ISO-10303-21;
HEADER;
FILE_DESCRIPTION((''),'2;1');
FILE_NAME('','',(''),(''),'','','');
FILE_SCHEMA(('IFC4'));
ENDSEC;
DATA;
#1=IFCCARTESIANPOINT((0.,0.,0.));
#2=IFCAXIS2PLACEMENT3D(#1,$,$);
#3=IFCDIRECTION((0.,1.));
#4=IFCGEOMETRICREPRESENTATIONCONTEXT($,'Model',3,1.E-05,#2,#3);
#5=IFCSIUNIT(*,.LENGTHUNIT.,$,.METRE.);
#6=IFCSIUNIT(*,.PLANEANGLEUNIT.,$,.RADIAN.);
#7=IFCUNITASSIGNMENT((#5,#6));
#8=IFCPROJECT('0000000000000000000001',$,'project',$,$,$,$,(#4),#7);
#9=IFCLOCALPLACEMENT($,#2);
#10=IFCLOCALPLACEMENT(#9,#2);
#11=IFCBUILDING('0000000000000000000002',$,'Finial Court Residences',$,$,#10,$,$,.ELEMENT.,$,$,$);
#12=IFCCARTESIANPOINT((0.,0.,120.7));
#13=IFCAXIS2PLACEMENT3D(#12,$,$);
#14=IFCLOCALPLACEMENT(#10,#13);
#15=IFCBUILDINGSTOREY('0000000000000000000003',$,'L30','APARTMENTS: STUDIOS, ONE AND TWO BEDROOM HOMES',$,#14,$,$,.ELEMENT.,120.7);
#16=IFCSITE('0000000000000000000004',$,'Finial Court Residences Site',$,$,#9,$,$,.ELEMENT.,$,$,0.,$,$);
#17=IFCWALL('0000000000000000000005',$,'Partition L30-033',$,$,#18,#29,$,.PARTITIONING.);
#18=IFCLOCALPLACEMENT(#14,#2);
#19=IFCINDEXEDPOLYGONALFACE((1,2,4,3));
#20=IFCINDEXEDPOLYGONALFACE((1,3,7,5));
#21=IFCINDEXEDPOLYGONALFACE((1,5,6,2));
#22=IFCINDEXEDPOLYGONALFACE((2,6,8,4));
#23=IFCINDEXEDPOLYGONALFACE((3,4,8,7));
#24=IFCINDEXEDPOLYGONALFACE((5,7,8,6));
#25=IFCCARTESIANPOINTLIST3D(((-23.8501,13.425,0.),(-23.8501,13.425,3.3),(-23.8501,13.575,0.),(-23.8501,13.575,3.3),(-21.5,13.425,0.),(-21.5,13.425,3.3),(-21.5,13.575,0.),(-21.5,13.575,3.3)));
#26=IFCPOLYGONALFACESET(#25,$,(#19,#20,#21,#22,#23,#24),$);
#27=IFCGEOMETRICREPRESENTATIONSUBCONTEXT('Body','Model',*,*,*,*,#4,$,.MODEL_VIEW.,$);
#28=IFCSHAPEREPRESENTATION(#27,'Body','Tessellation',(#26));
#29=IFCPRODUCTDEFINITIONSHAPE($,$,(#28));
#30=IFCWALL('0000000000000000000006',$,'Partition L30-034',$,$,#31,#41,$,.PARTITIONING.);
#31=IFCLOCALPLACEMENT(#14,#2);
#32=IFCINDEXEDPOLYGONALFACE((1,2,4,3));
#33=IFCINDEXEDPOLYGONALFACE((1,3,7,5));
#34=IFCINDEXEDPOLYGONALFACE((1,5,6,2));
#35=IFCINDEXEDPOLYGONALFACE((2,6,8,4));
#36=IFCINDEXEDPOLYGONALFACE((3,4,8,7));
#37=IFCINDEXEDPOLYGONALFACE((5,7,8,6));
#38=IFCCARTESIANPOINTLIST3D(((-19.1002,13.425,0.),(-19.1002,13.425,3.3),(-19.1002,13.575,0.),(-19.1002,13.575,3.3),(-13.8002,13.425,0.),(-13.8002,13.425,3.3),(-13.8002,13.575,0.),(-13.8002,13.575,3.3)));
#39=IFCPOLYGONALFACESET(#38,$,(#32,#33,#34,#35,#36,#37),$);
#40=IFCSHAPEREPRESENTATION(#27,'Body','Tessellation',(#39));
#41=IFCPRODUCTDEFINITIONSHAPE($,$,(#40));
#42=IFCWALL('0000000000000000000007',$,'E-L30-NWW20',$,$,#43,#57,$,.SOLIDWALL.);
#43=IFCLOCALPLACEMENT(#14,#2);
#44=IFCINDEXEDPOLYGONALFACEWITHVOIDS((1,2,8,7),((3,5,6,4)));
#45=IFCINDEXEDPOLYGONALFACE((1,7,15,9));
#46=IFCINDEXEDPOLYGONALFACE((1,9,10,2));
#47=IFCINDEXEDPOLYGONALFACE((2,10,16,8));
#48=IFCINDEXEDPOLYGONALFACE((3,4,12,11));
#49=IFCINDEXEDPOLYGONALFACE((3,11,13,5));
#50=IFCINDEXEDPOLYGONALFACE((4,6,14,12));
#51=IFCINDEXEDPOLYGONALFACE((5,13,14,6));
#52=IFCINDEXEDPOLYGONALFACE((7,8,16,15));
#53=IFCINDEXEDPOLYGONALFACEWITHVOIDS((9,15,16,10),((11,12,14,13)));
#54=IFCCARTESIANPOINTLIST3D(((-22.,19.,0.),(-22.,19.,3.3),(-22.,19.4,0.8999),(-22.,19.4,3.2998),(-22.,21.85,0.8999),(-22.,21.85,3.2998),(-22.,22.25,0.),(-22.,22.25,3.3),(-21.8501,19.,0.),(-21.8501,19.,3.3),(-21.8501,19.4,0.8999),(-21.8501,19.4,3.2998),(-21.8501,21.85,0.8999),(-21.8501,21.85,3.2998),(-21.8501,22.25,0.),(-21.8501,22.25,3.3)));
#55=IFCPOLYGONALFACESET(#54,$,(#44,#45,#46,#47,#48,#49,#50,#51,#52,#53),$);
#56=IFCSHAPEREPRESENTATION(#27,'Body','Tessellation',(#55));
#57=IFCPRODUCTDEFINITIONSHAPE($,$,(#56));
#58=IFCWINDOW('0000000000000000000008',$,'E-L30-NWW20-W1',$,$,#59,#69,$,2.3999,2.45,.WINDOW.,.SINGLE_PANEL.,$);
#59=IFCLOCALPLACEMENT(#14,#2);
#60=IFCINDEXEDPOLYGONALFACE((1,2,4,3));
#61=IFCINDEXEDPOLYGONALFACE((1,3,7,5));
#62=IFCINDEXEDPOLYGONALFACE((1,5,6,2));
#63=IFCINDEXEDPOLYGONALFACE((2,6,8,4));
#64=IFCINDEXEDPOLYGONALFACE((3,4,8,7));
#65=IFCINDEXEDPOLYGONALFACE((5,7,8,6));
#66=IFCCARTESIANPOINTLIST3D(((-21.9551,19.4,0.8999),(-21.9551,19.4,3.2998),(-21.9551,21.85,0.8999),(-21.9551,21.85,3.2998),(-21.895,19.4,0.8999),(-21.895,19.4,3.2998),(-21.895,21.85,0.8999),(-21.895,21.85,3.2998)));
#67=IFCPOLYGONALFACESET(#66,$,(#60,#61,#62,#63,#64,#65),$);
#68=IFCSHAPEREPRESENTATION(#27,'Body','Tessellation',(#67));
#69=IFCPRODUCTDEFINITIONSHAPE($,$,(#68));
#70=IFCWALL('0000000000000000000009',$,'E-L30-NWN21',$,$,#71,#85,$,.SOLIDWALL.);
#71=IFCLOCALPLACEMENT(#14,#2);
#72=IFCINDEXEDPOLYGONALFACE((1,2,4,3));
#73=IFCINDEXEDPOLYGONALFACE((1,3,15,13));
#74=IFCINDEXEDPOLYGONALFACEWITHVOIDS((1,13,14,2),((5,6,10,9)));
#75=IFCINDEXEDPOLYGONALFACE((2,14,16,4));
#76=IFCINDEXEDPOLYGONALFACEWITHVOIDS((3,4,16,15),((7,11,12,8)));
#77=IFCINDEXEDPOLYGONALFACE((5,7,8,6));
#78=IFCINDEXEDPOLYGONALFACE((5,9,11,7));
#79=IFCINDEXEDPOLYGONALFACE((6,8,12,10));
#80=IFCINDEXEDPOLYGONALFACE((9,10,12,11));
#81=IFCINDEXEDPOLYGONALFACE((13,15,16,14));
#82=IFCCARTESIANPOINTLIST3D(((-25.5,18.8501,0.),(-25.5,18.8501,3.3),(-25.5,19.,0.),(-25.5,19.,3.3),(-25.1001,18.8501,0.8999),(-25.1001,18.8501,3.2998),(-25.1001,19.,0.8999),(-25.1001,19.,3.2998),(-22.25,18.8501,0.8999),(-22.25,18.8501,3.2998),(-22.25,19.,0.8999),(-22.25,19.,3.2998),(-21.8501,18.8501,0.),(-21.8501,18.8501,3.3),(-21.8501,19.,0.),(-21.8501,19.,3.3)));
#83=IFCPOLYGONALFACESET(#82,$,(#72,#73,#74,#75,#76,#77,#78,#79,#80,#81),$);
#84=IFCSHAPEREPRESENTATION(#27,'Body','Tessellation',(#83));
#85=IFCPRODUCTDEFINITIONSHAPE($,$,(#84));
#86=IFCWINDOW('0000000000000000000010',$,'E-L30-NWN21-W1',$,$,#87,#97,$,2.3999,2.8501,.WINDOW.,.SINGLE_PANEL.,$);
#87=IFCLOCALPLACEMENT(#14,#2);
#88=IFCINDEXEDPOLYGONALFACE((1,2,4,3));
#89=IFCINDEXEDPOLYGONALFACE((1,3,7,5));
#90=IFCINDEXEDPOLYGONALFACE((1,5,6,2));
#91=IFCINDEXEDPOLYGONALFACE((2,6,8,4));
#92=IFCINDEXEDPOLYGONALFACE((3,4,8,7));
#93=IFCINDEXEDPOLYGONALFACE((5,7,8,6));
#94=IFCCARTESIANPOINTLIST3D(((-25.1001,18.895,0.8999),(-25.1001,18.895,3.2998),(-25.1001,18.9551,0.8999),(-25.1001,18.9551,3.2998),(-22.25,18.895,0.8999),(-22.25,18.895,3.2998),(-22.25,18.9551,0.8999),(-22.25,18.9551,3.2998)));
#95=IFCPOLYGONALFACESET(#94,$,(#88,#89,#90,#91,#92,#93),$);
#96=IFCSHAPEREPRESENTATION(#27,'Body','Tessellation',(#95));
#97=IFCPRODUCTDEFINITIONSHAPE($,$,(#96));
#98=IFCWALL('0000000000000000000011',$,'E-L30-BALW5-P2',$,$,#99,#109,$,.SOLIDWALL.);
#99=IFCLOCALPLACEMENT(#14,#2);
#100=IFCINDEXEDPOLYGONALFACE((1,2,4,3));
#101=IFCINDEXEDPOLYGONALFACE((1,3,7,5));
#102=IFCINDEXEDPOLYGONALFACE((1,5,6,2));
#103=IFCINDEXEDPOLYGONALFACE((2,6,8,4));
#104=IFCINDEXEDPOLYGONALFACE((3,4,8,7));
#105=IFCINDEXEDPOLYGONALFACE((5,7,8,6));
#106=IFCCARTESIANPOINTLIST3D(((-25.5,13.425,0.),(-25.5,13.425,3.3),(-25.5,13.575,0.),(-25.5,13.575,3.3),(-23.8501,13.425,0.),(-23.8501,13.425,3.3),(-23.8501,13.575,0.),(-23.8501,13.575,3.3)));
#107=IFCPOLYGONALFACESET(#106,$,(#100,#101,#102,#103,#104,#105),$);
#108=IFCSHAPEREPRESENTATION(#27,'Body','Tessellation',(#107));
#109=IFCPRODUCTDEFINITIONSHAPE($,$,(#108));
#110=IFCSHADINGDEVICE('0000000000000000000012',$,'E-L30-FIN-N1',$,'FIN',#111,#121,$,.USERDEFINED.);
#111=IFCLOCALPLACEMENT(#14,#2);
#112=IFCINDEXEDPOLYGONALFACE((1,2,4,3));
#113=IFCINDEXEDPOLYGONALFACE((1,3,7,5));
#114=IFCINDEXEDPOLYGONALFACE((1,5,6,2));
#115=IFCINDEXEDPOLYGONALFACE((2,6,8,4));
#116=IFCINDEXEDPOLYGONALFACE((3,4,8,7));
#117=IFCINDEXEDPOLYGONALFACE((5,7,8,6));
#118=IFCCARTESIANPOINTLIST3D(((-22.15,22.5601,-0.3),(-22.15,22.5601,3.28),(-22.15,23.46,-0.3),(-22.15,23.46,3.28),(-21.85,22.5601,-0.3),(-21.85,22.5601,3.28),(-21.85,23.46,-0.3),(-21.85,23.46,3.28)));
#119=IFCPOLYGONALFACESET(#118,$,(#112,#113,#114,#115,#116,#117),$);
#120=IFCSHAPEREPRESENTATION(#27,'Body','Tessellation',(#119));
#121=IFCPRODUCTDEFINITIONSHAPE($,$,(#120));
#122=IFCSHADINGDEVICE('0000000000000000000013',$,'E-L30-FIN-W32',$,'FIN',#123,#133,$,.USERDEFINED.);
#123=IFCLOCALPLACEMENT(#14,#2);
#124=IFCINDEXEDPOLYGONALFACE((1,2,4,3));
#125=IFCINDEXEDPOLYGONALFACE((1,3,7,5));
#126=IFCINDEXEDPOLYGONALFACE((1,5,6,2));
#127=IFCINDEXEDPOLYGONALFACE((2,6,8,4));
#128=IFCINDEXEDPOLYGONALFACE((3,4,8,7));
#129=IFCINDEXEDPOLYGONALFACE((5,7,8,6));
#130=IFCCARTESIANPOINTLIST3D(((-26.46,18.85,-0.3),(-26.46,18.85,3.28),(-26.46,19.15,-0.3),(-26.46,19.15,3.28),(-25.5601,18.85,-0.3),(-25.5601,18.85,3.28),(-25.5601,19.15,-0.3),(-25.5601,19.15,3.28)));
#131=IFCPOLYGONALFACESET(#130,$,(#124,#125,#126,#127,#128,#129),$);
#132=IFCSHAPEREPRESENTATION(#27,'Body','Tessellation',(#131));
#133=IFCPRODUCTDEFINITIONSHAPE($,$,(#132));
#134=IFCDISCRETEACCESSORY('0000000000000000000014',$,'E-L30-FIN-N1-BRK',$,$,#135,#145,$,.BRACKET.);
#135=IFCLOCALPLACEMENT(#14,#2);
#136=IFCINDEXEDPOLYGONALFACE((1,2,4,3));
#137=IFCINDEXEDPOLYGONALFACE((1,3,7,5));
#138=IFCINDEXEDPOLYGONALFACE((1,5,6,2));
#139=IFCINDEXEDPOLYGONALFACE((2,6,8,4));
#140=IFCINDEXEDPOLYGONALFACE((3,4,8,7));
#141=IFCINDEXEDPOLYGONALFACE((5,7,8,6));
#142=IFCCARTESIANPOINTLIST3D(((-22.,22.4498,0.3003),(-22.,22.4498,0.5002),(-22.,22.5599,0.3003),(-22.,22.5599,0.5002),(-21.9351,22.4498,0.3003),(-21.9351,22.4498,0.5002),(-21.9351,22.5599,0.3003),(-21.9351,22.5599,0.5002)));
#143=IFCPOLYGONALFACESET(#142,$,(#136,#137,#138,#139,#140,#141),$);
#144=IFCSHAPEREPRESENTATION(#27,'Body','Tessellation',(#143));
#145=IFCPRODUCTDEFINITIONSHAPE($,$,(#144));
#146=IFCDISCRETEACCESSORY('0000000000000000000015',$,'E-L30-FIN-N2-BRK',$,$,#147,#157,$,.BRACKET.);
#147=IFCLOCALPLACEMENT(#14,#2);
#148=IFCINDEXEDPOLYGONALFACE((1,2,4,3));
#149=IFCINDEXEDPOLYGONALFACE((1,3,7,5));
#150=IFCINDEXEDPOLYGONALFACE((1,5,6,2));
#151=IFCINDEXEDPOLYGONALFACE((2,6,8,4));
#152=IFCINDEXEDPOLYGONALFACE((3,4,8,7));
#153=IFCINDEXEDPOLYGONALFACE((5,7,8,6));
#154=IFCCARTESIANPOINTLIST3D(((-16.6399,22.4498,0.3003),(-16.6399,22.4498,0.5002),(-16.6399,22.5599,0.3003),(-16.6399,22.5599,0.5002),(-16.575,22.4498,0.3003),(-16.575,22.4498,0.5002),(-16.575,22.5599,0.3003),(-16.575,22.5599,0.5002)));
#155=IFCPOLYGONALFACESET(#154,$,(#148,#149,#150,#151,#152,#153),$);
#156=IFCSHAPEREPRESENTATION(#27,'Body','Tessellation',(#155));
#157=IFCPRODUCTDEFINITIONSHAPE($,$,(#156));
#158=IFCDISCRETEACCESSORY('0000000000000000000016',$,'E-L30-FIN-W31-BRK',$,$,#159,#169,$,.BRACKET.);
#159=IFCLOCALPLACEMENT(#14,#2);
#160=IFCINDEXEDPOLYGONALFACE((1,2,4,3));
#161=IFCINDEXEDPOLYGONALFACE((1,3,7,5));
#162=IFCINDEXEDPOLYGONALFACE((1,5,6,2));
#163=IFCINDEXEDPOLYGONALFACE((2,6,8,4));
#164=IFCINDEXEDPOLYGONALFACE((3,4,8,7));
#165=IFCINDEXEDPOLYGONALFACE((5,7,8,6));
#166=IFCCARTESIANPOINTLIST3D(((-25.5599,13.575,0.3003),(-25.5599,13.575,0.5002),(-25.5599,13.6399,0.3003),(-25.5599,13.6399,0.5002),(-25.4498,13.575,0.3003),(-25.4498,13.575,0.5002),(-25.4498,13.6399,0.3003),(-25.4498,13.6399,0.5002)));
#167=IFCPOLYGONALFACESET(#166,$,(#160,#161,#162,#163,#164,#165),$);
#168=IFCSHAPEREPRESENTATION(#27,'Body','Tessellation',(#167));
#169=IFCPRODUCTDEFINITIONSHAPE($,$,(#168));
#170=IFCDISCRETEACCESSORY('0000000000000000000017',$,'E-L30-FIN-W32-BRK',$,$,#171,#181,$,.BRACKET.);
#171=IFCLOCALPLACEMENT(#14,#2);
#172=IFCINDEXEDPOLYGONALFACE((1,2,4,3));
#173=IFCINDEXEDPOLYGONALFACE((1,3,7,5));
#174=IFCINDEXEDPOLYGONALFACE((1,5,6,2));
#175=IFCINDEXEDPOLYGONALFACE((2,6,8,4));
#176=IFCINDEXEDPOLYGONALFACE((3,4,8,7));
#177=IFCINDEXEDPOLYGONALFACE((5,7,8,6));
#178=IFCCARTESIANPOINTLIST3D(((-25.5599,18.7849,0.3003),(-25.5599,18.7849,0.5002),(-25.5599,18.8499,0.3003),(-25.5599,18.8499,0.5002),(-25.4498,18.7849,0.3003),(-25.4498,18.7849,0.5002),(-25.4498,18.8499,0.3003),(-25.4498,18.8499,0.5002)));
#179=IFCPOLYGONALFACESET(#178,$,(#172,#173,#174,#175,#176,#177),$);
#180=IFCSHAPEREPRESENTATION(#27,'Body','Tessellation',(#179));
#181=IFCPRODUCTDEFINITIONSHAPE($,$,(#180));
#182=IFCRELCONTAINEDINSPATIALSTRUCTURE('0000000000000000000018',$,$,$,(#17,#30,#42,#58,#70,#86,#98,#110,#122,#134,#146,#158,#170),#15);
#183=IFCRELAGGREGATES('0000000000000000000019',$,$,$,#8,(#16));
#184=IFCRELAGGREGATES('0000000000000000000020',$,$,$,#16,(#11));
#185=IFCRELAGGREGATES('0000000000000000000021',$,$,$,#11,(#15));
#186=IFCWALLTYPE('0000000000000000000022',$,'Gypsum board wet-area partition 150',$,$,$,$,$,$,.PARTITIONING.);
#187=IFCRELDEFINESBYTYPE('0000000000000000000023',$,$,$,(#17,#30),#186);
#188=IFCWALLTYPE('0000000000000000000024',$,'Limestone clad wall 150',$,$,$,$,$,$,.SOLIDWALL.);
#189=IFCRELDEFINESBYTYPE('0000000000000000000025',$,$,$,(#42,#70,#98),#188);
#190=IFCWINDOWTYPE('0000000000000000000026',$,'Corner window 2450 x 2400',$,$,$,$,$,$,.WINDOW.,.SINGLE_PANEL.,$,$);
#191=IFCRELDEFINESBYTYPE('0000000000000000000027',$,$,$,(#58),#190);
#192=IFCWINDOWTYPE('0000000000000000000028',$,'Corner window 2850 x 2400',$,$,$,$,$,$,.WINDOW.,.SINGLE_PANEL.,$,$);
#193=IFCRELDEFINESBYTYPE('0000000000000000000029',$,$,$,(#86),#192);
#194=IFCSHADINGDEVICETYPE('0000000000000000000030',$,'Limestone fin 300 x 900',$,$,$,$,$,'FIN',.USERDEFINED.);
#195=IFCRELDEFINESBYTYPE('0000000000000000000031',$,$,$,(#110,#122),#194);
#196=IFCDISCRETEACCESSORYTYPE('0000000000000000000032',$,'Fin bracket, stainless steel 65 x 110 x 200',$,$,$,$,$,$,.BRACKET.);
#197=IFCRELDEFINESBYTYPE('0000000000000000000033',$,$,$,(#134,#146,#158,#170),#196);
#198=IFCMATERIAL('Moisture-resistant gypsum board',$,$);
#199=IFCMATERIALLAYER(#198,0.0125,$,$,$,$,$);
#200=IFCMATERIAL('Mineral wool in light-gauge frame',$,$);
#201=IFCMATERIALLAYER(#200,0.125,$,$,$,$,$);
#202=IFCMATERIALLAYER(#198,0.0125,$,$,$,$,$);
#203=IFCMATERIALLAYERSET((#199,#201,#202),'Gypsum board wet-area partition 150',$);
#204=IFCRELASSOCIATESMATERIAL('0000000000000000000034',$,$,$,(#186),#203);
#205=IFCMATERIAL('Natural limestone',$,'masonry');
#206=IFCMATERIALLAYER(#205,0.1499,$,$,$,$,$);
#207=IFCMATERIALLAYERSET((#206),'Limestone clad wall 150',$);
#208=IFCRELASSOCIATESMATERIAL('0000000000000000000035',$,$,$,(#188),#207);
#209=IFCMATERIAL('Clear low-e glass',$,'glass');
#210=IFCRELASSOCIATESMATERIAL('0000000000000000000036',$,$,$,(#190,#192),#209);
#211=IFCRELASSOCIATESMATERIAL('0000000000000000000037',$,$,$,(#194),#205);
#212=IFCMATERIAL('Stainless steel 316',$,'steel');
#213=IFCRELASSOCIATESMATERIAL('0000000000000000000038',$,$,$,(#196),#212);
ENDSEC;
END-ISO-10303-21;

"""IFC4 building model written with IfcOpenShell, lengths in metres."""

from ifc_helpers import new_model, si_unit, direction, frame, frame_2d, origin, origin_2d, place, context, subcontext, project, spatial, rectangle, extrude, material, layer, layer_set, type_object, element, fill, save


model = new_model("IFC4")

# Units and contexts
model_context = context("Model", 3, precision=1e-05, world=origin(), true_north=direction((0.0, 1.0)))
body_context = subcontext(model_context, "Body", "Model", "MODEL_VIEW")
ifc_project = project(units=[si_unit("LENGTHUNIT", "METRE"), si_unit("PLANEANGLEUNIT", "RADIAN")], contexts=[model_context])

# Site, building, storey
site_placement = place(None, origin())
site = spatial("IfcSite", under=ifc_project, at=site_placement, Name="Finial Court Residences Site", CompositionType="ELEMENT", RefElevation=0.0)
building_placement = place(site_placement, origin())
building = spatial("IfcBuilding", under=site, at=building_placement, Name="Finial Court Residences", CompositionType="ELEMENT")
storey_placement = place(building_placement, frame((0.0, 0.0, 120.7)))
storey = spatial("IfcBuildingStorey", under=building, at=storey_placement, Name="L30", Description="APARTMENTS: STUDIOS, ONE AND TWO BEDROOM HOMES", CompositionType="ELEMENT", Elevation=120.7)

# Shared definitions
ifc_material_1 = material(Name="Clear low-e glass", Category="glass")

# Shared definitions
ifc_material_2 = material(Name="Mineral wool in light-gauge frame")

# Walls
ifc_material_3 = material(Name="Moisture-resistant gypsum board")
ifc_layer_1 = layer(ifc_material_3, 0.0125)
ifc_layer_2 = layer(ifc_material_2, 0.125)
ifc_layer_3 = layer(ifc_material_3, 0.0125)
ifc_layer_set_1 = layer_set([ifc_layer_1, ifc_layer_2, ifc_layer_3], Name="Gypsum board wet-area partition 150")
wall_type_1 = type_object("IfcWallType", Name="Gypsum board wet-area partition 150", PredefinedType="PARTITIONING", material=ifc_layer_set_1)
wall_1_placement = place(storey_placement, frame((-23.8501, 13.5, 0.0), z_axis=(0.0, 0.0, 1.0), x_axis=(1.0, 0.0, 0.0)))
element("IfcWall", 1, at=wall_1_placement, inside=storey, type_object=wall_type_1, Name="Partition L30-033", PredefinedType="PARTITIONING", context=body_context, shape_type="SweptSolid", body=[
    extrude(rectangle(XDim=2.3501, YDim=0.1499, at=frame_2d((1.175, 0.0))), origin(), (0.0, 0.0, 1.0), 3.3),
])
wall_2_placement = place(storey_placement, frame((-19.1001, 13.5, 0.0), z_axis=(0.0, 0.0, 1.0), x_axis=(1.0, 0.0, 0.0)))
element("IfcWall", 2, at=wall_2_placement, inside=storey, type_object=wall_type_1, Name="Partition L30-034", PredefinedType="PARTITIONING", context=body_context, shape_type="SweptSolid", body=[
    extrude(rectangle(XDim=5.3, YDim=0.1499, at=frame_2d((2.6499, 0.0))), origin(), (0.0, 0.0, 1.0), 3.3),
])

# Walls, openings, windows
ifc_material_4 = material(Name="Natural limestone", Category="masonry")
ifc_layer_4 = layer(ifc_material_4, 0.1499)
ifc_layer_set_2 = layer_set([ifc_layer_4], Name="Limestone clad wall 150")
wall_type_2 = type_object("IfcWallType", Name="Limestone clad wall 150", PredefinedType="SOLIDWALL", material=ifc_layer_set_2)
wall_3_placement = place(storey_placement, frame((-21.925, 19.0, 0.0), z_axis=(0.0, 0.0, 1.0), x_axis=(0.0, 1.0, 0.0)))
wall_3 = element("IfcWall", 3, at=wall_3_placement, inside=storey, type_object=wall_type_2, Name="E-L30-NWW20", PredefinedType="SOLIDWALL", context=body_context, shape_type="SweptSolid", body=[
    extrude(rectangle(XDim=3.25, YDim=0.1499, at=frame_2d((1.625, 0.0))), origin(), (0.0, 0.0, 1.0), 3.3),
])
opening_1_placement = place(wall_3_placement, frame((0.3999, 0.0, 0.8999)))
opening_1 = element("IfcOpeningElement", 4, at=opening_1_placement, cuts=wall_3, PredefinedType="OPENING", context=body_context, shape_type="SweptSolid", body=[
    extrude(rectangle(XDim=2.45, YDim=2.3999, at=frame_2d((1.2251, 1.2))), frame((0.0, 0.085, 0.0), z_axis=(0.0, -1.0, 0.0), x_axis=(1.0, 0.0, 0.0)), (0.0, 0.0, 1.0), 0.1699),
])
window_type_1 = type_object("IfcWindowType", Name="Corner window 2450 x 2400", PartitioningType="SINGLE_PANEL", PredefinedType="WINDOW", material=ifc_material_1)
window_1_placement = place(opening_1_placement, origin())
window_1 = element("IfcWindow", 5, at=window_1_placement, inside=storey, type_object=window_type_1, Name="E-L30-NWW20-W1", OverallHeight=2.3999, OverallWidth=2.45, PartitioningType="SINGLE_PANEL", PredefinedType="WINDOW", context=body_context, shape_type="SweptSolid", body=[
    extrude(rectangle(XDim=2.45, YDim=2.3999, at=frame_2d((1.2251, 1.2))), frame((0.0, 0.03, 0.0), z_axis=(0.0, -1.0, 0.0), x_axis=(1.0, 0.0, 0.0)), (0.0, 0.0, 1.0), 0.0601),
])
fill(opening_1, window_1)
wall_4_placement = place(storey_placement, frame((-25.5, 18.925, 0.0), z_axis=(0.0, 0.0, 1.0), x_axis=(1.0, 0.0, 0.0)))
wall_4 = element("IfcWall", 6, at=wall_4_placement, inside=storey, type_object=wall_type_2, Name="E-L30-NWN21", PredefinedType="SOLIDWALL", context=body_context, shape_type="SweptSolid", body=[
    extrude(rectangle(XDim=3.6499, YDim=0.1499, at=frame_2d((1.825, 0.0))), origin(), (0.0, 0.0, 1.0), 3.3),
])
opening_2_placement = place(wall_4_placement, frame((0.3999, 0.0, 0.8999)))
opening_2 = element("IfcOpeningElement", 7, at=opening_2_placement, cuts=wall_4, PredefinedType="OPENING", context=body_context, shape_type="SweptSolid", body=[
    extrude(rectangle(XDim=2.8501, YDim=2.3999, at=frame_2d((1.425, 1.2))), frame((0.0, 0.085, 0.0), z_axis=(0.0, -1.0, 0.0), x_axis=(1.0, 0.0, 0.0)), (0.0, 0.0, 1.0), 0.1699),
])
window_type_2 = type_object("IfcWindowType", Name="Corner window 2850 x 2400", PartitioningType="SINGLE_PANEL", PredefinedType="WINDOW", material=ifc_material_1)
window_2_placement = place(opening_2_placement, origin())
window_2 = element("IfcWindow", 8, at=window_2_placement, inside=storey, type_object=window_type_2, Name="E-L30-NWN21-W1", OverallHeight=2.3999, OverallWidth=2.8501, PartitioningType="SINGLE_PANEL", PredefinedType="WINDOW", context=body_context, shape_type="SweptSolid", body=[
    extrude(rectangle(XDim=2.8501, YDim=2.3999, at=frame_2d((1.425, 1.2))), frame((0.0, 0.03, 0.0), z_axis=(0.0, -1.0, 0.0), x_axis=(1.0, 0.0, 0.0)), (0.0, 0.0, 1.0), 0.0601),
])
fill(opening_2, window_2)

# Wall
wall_5_placement = place(storey_placement, frame((-23.8501, 13.5, 0.0), z_axis=(0.0, 0.0, 1.0), x_axis=(-1.0, 0.0, 0.0)))
element("IfcWall", 9, at=wall_5_placement, inside=storey, type_object=wall_type_2, Name="E-L30-BALW5-P2", PredefinedType="SOLIDWALL", context=body_context, shape_type="SweptSolid", body=[
    extrude(rectangle(XDim=1.6499, YDim=0.1499, at=frame_2d((0.825, 0.0))), origin(), (0.0, 0.0, 1.0), 3.3),
])

# Shading devices
shading_device_type = type_object("IfcShadingDeviceType", Name="Limestone fin 300 x 900", ElementType="FIN", PredefinedType="USERDEFINED", material=ifc_material_4)
shading_device_1_placement = place(storey_placement, frame((-22.0, 23.01, -0.3), z_axis=(0.0, 0.0, 1.0), x_axis=(1.0, 0.0, 0.0)))
element("IfcShadingDevice", 10, at=shading_device_1_placement, inside=storey, type_object=shading_device_type, Name="E-L30-FIN-N1", ObjectType="FIN", PredefinedType="USERDEFINED", context=body_context, shape_type="SweptSolid", body=[
    extrude(rectangle(XDim=0.3, YDim=0.8999, at=origin_2d()), origin(), (0.0, 0.0, 1.0), 3.5801),
])
shading_device_2_placement = place(storey_placement, frame((-26.01, 19.0, -0.3), z_axis=(0.0, 0.0, 1.0), x_axis=(1.0, 0.0, 0.0)))
element("IfcShadingDevice", 11, at=shading_device_2_placement, inside=storey, type_object=shading_device_type, Name="E-L30-FIN-W32", ObjectType="FIN", PredefinedType="USERDEFINED", context=body_context, shape_type="SweptSolid", body=[
    extrude(rectangle(XDim=0.8999, YDim=0.3, at=origin_2d()), origin(), (0.0, 0.0, 1.0), 3.5801),
])

# Discrete accessories
ifc_material_5 = material(Name="Stainless steel 316", Category="steel")
discrete_accessory_type = type_object("IfcDiscreteAccessoryType", Name="Fin bracket, stainless steel 65 x 110 x 200", PredefinedType="BRACKET", material=ifc_material_5)
for number, where, z_axis, x_axis, name in (
    (12, (-21.9675, 22.5049, 0.3003), (0.0, 0.0, 1.0), (1.0, 0.0, 0.0), "E-L30-FIN-N1-BRK"),
    (13, (-16.6074, 22.5049, 0.3003), (0.0, 0.0, 1.0), (1.0, 0.0, 0.0), "E-L30-FIN-N2-BRK"),
):
    element("IfcDiscreteAccessory", number, at=place(storey_placement, frame(where, z_axis=z_axis, x_axis=x_axis)), inside=storey, type_object=discrete_accessory_type, Name=name, PredefinedType="BRACKET", context=body_context, shape_type="SweptSolid", body=[
        extrude(rectangle(XDim=0.0649, YDim=0.1101, at=origin_2d()), origin(), (0.0, 0.0, 1.0), 0.2),
    ])
for number, where, z_axis, x_axis, name in (
    (14, (-25.5049, 13.6074, 0.3003), (0.0, 0.0, 1.0), (1.0, 0.0, 0.0), "E-L30-FIN-W31-BRK"),
    (15, (-25.5049, 18.8174, 0.3003), (0.0, 0.0, 1.0), (1.0, 0.0, 0.0), "E-L30-FIN-W32-BRK"),
):
    element("IfcDiscreteAccessory", number, at=place(storey_placement, frame(where, z_axis=z_axis, x_axis=x_axis)), inside=storey, type_object=discrete_accessory_type, Name=name, PredefinedType="BRACKET", context=body_context, shape_type="SweptSolid", body=[
        extrude(rectangle(XDim=0.1101, YDim=0.0649, at=origin_2d()), origin(), (0.0, 0.0, 1.0), 0.2),
    ])

save(model, "model.ifc")
